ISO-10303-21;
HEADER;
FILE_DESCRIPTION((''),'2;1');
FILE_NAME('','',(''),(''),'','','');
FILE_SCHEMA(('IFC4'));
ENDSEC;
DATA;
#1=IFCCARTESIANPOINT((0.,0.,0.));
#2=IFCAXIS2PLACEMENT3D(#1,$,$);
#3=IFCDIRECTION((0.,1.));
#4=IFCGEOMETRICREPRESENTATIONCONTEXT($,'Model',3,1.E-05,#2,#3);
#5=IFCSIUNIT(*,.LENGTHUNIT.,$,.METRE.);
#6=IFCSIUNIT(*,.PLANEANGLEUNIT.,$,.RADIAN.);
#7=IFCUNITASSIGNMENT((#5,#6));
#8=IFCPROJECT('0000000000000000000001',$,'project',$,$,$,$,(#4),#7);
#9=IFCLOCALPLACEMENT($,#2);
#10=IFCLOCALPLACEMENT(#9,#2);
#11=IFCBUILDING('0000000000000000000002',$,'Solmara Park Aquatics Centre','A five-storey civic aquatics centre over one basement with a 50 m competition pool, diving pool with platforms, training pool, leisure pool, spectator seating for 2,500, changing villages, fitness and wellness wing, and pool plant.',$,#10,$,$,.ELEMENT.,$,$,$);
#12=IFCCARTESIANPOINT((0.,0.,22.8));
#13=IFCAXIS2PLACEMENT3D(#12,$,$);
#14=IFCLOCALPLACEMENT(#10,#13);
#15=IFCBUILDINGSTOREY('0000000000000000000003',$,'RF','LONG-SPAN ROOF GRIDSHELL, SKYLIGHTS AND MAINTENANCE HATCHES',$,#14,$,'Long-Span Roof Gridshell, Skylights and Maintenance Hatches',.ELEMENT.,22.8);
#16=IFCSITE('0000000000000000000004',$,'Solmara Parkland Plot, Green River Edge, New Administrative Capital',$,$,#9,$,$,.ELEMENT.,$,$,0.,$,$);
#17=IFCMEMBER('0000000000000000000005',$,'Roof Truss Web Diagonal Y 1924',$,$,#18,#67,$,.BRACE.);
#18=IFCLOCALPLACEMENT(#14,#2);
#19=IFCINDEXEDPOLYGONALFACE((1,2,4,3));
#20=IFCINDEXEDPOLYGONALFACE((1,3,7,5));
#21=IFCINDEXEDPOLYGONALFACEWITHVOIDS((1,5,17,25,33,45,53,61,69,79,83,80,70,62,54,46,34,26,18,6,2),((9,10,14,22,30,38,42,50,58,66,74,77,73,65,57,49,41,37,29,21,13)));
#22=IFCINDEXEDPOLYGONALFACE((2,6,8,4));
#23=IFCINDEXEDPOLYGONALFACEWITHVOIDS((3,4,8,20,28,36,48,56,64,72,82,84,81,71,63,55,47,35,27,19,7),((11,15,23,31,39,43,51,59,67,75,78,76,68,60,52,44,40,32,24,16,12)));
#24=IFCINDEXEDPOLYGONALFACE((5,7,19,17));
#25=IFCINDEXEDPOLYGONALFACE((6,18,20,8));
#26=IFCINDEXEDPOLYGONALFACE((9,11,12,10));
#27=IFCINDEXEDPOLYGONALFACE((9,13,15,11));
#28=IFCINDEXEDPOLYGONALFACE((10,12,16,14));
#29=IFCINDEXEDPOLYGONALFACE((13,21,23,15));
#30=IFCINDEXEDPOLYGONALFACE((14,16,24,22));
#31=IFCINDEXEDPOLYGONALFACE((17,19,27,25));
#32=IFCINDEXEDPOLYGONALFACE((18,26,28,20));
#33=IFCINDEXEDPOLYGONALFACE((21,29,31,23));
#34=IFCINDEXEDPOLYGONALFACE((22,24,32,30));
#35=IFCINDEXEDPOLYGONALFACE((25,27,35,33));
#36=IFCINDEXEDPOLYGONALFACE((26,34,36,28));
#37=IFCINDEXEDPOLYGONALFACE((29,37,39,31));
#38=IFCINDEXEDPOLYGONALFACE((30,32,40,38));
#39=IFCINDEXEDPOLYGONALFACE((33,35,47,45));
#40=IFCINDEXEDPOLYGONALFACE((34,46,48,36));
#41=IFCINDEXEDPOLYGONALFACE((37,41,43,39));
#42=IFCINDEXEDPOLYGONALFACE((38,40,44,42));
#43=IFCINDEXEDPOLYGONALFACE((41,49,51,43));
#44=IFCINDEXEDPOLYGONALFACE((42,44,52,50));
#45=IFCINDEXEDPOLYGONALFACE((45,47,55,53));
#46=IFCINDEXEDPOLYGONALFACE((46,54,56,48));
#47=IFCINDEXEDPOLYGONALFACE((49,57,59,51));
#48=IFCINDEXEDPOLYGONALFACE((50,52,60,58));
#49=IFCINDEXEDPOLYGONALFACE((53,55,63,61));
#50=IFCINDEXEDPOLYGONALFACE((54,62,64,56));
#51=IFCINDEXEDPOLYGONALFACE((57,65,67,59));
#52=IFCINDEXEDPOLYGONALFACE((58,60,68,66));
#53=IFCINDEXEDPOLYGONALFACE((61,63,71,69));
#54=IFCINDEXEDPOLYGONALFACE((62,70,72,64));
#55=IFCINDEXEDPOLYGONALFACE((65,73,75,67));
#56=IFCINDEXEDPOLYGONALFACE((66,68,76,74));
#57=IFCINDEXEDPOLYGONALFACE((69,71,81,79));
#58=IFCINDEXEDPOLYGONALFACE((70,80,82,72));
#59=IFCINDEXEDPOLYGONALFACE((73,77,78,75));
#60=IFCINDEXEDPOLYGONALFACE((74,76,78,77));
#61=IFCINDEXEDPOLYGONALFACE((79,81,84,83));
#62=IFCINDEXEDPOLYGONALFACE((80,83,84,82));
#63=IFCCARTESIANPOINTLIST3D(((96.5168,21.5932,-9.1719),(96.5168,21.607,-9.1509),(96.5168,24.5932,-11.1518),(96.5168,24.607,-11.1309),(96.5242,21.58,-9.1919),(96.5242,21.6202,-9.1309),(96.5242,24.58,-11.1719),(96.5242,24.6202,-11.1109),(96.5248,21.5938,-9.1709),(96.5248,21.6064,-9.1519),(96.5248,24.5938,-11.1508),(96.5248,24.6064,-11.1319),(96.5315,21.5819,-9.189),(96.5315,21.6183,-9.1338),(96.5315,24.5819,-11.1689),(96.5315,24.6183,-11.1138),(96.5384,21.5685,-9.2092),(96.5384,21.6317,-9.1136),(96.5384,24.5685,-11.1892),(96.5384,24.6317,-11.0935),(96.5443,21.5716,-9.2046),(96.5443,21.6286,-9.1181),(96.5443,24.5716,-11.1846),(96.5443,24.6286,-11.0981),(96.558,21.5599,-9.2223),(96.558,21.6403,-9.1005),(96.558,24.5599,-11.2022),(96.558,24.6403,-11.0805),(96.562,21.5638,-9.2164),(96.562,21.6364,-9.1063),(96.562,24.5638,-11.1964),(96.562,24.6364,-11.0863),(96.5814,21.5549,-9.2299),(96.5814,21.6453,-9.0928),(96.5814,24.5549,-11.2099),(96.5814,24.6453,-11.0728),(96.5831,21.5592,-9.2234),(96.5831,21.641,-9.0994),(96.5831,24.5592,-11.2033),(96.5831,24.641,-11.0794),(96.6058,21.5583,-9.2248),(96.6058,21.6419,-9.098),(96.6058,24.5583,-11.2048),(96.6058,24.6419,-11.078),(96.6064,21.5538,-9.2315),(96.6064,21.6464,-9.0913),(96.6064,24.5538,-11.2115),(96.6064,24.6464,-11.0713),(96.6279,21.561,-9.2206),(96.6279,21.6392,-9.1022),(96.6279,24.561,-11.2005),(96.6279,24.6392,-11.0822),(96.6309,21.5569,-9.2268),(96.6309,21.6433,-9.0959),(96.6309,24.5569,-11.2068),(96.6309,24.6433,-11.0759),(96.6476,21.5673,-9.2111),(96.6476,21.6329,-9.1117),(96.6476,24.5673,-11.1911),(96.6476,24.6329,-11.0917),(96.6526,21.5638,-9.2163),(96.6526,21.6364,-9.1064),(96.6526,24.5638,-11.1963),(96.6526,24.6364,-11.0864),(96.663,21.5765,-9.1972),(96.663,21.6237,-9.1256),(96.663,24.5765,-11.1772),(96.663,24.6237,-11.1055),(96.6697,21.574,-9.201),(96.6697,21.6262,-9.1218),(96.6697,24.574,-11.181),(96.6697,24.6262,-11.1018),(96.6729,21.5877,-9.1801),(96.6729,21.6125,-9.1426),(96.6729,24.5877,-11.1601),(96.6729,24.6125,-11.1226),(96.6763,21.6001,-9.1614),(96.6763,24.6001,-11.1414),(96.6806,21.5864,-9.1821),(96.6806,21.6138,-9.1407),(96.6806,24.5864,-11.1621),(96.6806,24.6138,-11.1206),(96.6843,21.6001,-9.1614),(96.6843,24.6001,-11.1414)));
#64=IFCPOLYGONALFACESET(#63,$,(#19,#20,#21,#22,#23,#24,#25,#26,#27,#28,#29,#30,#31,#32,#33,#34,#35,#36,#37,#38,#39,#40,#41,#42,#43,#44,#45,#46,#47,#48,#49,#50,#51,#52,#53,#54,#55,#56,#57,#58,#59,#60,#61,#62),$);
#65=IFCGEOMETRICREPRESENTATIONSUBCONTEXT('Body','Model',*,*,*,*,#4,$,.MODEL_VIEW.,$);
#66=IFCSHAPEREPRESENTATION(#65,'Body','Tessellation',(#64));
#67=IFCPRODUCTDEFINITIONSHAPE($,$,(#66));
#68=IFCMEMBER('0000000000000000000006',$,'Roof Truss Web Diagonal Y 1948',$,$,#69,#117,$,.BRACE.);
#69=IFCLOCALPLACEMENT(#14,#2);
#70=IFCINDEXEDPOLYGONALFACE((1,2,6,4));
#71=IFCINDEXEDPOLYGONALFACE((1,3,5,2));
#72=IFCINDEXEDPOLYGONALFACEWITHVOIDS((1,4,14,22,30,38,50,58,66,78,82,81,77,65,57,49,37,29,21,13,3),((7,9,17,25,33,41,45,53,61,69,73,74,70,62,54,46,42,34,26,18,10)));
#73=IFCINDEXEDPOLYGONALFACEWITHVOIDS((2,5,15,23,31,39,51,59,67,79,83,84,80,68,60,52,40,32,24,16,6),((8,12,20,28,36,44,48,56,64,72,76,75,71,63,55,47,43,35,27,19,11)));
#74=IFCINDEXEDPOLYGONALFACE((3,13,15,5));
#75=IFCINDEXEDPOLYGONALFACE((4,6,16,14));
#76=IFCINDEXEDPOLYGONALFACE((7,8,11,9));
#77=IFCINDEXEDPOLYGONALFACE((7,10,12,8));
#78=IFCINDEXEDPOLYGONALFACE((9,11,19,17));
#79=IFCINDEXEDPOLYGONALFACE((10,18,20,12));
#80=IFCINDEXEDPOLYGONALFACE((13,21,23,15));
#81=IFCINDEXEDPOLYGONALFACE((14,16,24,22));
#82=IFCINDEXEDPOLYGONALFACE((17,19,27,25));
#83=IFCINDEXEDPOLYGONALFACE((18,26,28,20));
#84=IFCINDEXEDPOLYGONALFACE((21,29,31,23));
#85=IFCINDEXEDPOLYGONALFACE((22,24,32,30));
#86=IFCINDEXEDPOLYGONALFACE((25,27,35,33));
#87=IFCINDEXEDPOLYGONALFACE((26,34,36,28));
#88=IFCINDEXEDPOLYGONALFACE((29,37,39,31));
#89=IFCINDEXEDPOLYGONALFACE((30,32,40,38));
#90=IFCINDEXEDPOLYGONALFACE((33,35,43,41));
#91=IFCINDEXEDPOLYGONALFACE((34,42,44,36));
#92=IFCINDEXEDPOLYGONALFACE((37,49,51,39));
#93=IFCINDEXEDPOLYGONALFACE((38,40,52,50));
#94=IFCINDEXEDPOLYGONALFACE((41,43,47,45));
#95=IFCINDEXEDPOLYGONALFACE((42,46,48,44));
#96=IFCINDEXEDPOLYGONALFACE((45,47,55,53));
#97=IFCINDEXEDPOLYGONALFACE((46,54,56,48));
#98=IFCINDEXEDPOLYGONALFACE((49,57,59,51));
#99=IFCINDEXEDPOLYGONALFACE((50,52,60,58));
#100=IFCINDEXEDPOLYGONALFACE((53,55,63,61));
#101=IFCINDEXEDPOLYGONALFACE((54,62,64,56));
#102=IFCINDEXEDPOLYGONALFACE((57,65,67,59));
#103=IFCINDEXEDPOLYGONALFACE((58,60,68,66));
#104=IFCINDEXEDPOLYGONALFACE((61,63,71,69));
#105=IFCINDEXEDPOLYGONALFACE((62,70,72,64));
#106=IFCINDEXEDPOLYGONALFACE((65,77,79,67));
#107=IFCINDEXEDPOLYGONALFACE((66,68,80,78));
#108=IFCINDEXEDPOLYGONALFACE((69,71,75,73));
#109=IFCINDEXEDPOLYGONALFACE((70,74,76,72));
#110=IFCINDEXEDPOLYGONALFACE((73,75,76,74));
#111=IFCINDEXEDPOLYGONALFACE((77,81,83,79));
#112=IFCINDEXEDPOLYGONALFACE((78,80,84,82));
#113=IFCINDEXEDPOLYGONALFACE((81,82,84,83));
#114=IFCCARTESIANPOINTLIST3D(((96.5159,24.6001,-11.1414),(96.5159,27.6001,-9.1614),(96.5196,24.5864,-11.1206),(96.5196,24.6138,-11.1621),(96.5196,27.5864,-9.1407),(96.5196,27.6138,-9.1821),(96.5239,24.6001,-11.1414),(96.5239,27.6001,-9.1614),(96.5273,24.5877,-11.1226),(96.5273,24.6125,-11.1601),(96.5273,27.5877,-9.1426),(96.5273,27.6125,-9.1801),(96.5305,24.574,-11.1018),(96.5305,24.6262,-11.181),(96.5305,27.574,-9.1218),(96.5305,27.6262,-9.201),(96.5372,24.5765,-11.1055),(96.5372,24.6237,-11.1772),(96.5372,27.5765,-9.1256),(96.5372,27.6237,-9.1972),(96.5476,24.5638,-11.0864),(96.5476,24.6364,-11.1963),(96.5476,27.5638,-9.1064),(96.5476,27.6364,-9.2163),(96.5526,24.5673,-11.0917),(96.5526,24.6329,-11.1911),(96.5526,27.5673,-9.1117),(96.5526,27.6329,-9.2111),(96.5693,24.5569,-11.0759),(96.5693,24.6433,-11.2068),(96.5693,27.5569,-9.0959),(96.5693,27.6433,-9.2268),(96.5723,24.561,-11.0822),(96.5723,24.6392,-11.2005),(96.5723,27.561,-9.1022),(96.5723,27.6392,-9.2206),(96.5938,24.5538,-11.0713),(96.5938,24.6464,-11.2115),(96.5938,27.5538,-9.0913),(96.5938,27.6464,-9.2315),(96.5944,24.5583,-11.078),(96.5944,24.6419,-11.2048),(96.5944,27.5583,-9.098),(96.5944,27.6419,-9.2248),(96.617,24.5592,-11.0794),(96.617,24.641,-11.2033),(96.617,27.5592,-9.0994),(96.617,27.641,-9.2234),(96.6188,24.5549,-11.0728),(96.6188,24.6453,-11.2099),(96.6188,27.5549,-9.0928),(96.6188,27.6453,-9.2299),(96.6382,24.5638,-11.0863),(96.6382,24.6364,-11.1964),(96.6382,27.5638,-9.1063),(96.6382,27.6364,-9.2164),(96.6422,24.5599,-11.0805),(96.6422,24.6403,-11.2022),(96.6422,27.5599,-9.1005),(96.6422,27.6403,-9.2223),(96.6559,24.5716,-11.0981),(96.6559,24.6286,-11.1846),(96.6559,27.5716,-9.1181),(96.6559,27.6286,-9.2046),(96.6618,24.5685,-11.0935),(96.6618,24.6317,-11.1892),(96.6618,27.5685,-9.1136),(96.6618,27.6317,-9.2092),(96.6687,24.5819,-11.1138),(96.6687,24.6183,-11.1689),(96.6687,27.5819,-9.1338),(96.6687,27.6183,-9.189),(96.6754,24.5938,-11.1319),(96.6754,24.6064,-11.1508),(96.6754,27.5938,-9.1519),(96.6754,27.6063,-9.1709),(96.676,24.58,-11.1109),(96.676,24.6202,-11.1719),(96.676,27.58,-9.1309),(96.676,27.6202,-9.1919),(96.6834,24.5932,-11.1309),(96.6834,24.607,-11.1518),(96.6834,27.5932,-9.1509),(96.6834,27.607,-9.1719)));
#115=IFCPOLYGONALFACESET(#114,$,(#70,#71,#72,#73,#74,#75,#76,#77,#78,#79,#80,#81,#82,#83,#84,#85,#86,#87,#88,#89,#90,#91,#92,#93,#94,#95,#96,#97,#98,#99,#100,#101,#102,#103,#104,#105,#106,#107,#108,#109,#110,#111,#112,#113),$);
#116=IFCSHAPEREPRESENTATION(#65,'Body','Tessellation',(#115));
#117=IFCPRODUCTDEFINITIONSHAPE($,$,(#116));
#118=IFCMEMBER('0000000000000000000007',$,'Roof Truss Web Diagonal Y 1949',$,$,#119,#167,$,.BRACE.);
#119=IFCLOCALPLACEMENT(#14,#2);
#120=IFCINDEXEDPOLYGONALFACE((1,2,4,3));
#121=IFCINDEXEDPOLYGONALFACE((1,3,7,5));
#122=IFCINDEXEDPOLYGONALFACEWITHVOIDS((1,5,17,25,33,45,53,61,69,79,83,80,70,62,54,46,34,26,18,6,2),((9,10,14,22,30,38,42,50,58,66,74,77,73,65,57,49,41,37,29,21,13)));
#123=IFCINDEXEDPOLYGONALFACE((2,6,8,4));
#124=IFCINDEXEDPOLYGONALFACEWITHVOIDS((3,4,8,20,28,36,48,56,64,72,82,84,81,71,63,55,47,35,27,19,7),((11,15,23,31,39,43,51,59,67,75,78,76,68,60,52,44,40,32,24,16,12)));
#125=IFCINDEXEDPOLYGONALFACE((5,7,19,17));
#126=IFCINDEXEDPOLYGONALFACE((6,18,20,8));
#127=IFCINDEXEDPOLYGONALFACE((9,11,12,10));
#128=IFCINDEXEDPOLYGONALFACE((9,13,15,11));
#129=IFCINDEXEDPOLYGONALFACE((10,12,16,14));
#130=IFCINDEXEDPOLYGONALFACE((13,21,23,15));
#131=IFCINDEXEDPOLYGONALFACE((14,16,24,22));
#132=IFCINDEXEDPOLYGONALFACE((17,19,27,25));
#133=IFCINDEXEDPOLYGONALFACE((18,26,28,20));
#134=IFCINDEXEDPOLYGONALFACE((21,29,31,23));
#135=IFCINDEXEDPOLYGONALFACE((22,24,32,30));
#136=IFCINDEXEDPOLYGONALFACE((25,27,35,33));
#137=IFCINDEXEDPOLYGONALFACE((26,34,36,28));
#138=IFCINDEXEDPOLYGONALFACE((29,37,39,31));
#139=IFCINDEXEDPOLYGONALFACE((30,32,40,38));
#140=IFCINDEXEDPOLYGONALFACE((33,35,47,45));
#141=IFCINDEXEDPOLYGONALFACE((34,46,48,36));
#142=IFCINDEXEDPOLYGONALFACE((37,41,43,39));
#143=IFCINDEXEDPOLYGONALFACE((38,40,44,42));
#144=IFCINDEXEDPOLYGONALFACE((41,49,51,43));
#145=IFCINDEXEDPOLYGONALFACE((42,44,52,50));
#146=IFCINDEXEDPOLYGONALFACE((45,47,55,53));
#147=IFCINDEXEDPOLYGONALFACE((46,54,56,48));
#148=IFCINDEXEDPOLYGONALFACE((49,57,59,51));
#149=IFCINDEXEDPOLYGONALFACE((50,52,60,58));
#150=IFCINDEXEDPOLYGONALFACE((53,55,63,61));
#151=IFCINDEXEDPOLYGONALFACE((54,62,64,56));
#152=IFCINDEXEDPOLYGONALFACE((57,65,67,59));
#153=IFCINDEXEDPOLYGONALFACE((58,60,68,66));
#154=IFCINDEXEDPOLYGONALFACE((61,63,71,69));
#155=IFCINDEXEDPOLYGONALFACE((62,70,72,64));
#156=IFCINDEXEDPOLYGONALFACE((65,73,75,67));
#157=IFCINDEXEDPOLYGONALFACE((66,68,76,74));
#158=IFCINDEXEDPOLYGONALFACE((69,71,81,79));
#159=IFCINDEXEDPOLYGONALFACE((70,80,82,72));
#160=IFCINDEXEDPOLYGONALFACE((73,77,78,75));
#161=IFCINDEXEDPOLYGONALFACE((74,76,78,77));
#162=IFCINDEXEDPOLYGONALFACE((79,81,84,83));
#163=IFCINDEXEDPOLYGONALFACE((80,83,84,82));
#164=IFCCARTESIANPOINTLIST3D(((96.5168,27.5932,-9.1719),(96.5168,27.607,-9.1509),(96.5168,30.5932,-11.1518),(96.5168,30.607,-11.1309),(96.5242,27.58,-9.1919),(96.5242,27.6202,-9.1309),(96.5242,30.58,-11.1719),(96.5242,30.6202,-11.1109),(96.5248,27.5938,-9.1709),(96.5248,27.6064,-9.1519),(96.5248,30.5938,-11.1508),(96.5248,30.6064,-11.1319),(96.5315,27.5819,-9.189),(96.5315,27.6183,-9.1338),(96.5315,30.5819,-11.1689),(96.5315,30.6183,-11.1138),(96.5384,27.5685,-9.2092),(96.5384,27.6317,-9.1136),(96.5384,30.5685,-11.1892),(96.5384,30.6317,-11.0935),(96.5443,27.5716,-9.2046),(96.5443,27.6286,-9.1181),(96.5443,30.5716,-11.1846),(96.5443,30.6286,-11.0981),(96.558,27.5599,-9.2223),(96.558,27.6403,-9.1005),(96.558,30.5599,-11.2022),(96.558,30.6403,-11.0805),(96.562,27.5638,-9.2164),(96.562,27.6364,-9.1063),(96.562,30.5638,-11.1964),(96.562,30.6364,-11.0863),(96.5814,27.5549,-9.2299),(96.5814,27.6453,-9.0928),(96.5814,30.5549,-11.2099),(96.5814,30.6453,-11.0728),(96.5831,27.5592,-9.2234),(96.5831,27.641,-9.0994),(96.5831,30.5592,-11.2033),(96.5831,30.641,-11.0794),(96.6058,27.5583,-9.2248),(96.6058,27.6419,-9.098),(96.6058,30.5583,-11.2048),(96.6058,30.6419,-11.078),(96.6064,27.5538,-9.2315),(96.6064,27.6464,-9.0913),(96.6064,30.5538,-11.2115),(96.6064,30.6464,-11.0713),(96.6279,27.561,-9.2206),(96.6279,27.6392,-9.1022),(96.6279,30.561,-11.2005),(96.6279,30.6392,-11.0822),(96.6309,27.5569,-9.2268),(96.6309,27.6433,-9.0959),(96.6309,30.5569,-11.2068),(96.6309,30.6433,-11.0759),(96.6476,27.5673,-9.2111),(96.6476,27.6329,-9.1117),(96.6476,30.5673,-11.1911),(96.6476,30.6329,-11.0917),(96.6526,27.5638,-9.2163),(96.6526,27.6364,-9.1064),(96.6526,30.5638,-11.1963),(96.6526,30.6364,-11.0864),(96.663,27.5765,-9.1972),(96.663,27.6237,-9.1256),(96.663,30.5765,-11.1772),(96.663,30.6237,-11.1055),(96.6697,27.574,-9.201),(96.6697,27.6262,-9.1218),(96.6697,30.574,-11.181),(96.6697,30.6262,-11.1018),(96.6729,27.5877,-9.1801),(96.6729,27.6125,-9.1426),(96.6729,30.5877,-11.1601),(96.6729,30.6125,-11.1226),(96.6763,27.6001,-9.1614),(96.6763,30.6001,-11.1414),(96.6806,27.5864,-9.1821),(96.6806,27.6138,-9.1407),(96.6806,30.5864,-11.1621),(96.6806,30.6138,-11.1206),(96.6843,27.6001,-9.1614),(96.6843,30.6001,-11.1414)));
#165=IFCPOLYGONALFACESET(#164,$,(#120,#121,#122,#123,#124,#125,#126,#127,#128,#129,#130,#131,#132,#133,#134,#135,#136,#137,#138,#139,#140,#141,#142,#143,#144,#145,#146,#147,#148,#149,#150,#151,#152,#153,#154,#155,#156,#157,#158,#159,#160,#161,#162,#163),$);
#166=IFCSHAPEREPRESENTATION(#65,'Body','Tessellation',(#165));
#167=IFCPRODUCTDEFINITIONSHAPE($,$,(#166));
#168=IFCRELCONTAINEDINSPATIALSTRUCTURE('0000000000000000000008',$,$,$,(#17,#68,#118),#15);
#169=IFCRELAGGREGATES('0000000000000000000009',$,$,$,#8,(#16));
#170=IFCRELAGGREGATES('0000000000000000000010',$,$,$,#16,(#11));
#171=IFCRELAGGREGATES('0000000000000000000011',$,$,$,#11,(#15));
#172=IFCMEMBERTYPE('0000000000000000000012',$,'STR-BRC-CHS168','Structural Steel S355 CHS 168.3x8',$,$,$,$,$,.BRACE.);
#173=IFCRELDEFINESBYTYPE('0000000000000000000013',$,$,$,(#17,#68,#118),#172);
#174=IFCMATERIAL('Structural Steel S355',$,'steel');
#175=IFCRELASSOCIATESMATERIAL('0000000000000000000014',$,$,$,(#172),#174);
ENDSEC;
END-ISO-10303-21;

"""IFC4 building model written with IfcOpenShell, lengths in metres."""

from ifc_helpers import new_model, si_unit, direction, frame, origin, origin_2d, place, context, subcontext, project, spatial, hollow_circle, extrude, material, material_profile, profile_set, type_object, element, save


model = new_model("IFC4")

# Units and contexts
model_context = context("Model", 3, precision=1e-05, world=origin(), true_north=direction((0.0, 1.0)))
body_context = subcontext(model_context, "Body", "Model", "MODEL_VIEW")
ifc_project = project(units=[si_unit("LENGTHUNIT", "METRE"), si_unit("PLANEANGLEUNIT", "RADIAN")], contexts=[model_context])

# Site, building, storey
site_placement = place(None, origin())
site = spatial("IfcSite", under=ifc_project, at=site_placement, Name="Solmara Parkland Plot, Green River Edge, New Administrative Capital", CompositionType="ELEMENT", RefElevation=0.0)
building_placement = place(site_placement, origin())
building = spatial("IfcBuilding", under=site, at=building_placement, Name="Solmara Park Aquatics Centre", Description="A five-storey civic aquatics centre over one basement with a 50 m competition pool, diving pool with platforms, training pool, leisure pool, spectator seating for 2,500, changing villages, fitness and wellness wing, and pool plant.", CompositionType="ELEMENT")
storey_placement = place(building_placement, frame((0.0, 0.0, 22.8)))
storey = spatial("IfcBuildingStorey", under=building, at=storey_placement, Name="RF", Description="LONG-SPAN ROOF GRIDSHELL, SKYLIGHTS AND MAINTENANCE HATCHES", LongName="Long-Span Roof Gridshell, Skylights and Maintenance Hatches", CompositionType="ELEMENT", Elevation=22.8)

# Members
ifc_material_1 = material(Name="Structural Steel S355", Category="steel")
ifc_material_profile_1 = material_profile(ifc_material_1, hollow_circle(Radius=0.0842, WallThickness=0.0081, at=origin_2d()), Name="CHS 168.3x8")
ifc_profile_set_1 = profile_set([ifc_material_profile_1], Name="Structural Steel S355")
member_type_1 = type_object("IfcMemberType", Name="STR-BRC-CHS168", Description="Structural Steel S355 CHS 168.3x8", PredefinedType="BRACE", material=ifc_profile_set_1)
for number, where, z_axis, x_axis, name in (
    (1, (96.6001, 24.6001, -11.1414), (0.0, -0.834612, 0.550838), (1.0, 0.0, 0.0), "Roof Truss Web Diagonal Y 1924"),
    (2, (96.6001, 24.6001, -11.1414), (0.0, 0.834612, 0.550838), (-1.0, 0.0, 0.0), "Roof Truss Web Diagonal Y 1948"),
    (3, (96.6001, 30.6001, -11.1414), (0.0, -0.834612, 0.550838), (1.0, 0.0, 0.0), "Roof Truss Web Diagonal Y 1949"),
):
    element("IfcMember", number, at=place(storey_placement, frame(where, z_axis=z_axis, x_axis=x_axis)), inside=storey, type_object=member_type_1, Name=name, PredefinedType="BRACE", context=body_context, shape_type="SweptSolid", body=[
        extrude(hollow_circle(Radius=0.0842, WallThickness=0.0081, at=origin_2d()), origin(), (0.0, 0.0, 1.0), 3.5945),
    ])

save(model, "model.ifc")
